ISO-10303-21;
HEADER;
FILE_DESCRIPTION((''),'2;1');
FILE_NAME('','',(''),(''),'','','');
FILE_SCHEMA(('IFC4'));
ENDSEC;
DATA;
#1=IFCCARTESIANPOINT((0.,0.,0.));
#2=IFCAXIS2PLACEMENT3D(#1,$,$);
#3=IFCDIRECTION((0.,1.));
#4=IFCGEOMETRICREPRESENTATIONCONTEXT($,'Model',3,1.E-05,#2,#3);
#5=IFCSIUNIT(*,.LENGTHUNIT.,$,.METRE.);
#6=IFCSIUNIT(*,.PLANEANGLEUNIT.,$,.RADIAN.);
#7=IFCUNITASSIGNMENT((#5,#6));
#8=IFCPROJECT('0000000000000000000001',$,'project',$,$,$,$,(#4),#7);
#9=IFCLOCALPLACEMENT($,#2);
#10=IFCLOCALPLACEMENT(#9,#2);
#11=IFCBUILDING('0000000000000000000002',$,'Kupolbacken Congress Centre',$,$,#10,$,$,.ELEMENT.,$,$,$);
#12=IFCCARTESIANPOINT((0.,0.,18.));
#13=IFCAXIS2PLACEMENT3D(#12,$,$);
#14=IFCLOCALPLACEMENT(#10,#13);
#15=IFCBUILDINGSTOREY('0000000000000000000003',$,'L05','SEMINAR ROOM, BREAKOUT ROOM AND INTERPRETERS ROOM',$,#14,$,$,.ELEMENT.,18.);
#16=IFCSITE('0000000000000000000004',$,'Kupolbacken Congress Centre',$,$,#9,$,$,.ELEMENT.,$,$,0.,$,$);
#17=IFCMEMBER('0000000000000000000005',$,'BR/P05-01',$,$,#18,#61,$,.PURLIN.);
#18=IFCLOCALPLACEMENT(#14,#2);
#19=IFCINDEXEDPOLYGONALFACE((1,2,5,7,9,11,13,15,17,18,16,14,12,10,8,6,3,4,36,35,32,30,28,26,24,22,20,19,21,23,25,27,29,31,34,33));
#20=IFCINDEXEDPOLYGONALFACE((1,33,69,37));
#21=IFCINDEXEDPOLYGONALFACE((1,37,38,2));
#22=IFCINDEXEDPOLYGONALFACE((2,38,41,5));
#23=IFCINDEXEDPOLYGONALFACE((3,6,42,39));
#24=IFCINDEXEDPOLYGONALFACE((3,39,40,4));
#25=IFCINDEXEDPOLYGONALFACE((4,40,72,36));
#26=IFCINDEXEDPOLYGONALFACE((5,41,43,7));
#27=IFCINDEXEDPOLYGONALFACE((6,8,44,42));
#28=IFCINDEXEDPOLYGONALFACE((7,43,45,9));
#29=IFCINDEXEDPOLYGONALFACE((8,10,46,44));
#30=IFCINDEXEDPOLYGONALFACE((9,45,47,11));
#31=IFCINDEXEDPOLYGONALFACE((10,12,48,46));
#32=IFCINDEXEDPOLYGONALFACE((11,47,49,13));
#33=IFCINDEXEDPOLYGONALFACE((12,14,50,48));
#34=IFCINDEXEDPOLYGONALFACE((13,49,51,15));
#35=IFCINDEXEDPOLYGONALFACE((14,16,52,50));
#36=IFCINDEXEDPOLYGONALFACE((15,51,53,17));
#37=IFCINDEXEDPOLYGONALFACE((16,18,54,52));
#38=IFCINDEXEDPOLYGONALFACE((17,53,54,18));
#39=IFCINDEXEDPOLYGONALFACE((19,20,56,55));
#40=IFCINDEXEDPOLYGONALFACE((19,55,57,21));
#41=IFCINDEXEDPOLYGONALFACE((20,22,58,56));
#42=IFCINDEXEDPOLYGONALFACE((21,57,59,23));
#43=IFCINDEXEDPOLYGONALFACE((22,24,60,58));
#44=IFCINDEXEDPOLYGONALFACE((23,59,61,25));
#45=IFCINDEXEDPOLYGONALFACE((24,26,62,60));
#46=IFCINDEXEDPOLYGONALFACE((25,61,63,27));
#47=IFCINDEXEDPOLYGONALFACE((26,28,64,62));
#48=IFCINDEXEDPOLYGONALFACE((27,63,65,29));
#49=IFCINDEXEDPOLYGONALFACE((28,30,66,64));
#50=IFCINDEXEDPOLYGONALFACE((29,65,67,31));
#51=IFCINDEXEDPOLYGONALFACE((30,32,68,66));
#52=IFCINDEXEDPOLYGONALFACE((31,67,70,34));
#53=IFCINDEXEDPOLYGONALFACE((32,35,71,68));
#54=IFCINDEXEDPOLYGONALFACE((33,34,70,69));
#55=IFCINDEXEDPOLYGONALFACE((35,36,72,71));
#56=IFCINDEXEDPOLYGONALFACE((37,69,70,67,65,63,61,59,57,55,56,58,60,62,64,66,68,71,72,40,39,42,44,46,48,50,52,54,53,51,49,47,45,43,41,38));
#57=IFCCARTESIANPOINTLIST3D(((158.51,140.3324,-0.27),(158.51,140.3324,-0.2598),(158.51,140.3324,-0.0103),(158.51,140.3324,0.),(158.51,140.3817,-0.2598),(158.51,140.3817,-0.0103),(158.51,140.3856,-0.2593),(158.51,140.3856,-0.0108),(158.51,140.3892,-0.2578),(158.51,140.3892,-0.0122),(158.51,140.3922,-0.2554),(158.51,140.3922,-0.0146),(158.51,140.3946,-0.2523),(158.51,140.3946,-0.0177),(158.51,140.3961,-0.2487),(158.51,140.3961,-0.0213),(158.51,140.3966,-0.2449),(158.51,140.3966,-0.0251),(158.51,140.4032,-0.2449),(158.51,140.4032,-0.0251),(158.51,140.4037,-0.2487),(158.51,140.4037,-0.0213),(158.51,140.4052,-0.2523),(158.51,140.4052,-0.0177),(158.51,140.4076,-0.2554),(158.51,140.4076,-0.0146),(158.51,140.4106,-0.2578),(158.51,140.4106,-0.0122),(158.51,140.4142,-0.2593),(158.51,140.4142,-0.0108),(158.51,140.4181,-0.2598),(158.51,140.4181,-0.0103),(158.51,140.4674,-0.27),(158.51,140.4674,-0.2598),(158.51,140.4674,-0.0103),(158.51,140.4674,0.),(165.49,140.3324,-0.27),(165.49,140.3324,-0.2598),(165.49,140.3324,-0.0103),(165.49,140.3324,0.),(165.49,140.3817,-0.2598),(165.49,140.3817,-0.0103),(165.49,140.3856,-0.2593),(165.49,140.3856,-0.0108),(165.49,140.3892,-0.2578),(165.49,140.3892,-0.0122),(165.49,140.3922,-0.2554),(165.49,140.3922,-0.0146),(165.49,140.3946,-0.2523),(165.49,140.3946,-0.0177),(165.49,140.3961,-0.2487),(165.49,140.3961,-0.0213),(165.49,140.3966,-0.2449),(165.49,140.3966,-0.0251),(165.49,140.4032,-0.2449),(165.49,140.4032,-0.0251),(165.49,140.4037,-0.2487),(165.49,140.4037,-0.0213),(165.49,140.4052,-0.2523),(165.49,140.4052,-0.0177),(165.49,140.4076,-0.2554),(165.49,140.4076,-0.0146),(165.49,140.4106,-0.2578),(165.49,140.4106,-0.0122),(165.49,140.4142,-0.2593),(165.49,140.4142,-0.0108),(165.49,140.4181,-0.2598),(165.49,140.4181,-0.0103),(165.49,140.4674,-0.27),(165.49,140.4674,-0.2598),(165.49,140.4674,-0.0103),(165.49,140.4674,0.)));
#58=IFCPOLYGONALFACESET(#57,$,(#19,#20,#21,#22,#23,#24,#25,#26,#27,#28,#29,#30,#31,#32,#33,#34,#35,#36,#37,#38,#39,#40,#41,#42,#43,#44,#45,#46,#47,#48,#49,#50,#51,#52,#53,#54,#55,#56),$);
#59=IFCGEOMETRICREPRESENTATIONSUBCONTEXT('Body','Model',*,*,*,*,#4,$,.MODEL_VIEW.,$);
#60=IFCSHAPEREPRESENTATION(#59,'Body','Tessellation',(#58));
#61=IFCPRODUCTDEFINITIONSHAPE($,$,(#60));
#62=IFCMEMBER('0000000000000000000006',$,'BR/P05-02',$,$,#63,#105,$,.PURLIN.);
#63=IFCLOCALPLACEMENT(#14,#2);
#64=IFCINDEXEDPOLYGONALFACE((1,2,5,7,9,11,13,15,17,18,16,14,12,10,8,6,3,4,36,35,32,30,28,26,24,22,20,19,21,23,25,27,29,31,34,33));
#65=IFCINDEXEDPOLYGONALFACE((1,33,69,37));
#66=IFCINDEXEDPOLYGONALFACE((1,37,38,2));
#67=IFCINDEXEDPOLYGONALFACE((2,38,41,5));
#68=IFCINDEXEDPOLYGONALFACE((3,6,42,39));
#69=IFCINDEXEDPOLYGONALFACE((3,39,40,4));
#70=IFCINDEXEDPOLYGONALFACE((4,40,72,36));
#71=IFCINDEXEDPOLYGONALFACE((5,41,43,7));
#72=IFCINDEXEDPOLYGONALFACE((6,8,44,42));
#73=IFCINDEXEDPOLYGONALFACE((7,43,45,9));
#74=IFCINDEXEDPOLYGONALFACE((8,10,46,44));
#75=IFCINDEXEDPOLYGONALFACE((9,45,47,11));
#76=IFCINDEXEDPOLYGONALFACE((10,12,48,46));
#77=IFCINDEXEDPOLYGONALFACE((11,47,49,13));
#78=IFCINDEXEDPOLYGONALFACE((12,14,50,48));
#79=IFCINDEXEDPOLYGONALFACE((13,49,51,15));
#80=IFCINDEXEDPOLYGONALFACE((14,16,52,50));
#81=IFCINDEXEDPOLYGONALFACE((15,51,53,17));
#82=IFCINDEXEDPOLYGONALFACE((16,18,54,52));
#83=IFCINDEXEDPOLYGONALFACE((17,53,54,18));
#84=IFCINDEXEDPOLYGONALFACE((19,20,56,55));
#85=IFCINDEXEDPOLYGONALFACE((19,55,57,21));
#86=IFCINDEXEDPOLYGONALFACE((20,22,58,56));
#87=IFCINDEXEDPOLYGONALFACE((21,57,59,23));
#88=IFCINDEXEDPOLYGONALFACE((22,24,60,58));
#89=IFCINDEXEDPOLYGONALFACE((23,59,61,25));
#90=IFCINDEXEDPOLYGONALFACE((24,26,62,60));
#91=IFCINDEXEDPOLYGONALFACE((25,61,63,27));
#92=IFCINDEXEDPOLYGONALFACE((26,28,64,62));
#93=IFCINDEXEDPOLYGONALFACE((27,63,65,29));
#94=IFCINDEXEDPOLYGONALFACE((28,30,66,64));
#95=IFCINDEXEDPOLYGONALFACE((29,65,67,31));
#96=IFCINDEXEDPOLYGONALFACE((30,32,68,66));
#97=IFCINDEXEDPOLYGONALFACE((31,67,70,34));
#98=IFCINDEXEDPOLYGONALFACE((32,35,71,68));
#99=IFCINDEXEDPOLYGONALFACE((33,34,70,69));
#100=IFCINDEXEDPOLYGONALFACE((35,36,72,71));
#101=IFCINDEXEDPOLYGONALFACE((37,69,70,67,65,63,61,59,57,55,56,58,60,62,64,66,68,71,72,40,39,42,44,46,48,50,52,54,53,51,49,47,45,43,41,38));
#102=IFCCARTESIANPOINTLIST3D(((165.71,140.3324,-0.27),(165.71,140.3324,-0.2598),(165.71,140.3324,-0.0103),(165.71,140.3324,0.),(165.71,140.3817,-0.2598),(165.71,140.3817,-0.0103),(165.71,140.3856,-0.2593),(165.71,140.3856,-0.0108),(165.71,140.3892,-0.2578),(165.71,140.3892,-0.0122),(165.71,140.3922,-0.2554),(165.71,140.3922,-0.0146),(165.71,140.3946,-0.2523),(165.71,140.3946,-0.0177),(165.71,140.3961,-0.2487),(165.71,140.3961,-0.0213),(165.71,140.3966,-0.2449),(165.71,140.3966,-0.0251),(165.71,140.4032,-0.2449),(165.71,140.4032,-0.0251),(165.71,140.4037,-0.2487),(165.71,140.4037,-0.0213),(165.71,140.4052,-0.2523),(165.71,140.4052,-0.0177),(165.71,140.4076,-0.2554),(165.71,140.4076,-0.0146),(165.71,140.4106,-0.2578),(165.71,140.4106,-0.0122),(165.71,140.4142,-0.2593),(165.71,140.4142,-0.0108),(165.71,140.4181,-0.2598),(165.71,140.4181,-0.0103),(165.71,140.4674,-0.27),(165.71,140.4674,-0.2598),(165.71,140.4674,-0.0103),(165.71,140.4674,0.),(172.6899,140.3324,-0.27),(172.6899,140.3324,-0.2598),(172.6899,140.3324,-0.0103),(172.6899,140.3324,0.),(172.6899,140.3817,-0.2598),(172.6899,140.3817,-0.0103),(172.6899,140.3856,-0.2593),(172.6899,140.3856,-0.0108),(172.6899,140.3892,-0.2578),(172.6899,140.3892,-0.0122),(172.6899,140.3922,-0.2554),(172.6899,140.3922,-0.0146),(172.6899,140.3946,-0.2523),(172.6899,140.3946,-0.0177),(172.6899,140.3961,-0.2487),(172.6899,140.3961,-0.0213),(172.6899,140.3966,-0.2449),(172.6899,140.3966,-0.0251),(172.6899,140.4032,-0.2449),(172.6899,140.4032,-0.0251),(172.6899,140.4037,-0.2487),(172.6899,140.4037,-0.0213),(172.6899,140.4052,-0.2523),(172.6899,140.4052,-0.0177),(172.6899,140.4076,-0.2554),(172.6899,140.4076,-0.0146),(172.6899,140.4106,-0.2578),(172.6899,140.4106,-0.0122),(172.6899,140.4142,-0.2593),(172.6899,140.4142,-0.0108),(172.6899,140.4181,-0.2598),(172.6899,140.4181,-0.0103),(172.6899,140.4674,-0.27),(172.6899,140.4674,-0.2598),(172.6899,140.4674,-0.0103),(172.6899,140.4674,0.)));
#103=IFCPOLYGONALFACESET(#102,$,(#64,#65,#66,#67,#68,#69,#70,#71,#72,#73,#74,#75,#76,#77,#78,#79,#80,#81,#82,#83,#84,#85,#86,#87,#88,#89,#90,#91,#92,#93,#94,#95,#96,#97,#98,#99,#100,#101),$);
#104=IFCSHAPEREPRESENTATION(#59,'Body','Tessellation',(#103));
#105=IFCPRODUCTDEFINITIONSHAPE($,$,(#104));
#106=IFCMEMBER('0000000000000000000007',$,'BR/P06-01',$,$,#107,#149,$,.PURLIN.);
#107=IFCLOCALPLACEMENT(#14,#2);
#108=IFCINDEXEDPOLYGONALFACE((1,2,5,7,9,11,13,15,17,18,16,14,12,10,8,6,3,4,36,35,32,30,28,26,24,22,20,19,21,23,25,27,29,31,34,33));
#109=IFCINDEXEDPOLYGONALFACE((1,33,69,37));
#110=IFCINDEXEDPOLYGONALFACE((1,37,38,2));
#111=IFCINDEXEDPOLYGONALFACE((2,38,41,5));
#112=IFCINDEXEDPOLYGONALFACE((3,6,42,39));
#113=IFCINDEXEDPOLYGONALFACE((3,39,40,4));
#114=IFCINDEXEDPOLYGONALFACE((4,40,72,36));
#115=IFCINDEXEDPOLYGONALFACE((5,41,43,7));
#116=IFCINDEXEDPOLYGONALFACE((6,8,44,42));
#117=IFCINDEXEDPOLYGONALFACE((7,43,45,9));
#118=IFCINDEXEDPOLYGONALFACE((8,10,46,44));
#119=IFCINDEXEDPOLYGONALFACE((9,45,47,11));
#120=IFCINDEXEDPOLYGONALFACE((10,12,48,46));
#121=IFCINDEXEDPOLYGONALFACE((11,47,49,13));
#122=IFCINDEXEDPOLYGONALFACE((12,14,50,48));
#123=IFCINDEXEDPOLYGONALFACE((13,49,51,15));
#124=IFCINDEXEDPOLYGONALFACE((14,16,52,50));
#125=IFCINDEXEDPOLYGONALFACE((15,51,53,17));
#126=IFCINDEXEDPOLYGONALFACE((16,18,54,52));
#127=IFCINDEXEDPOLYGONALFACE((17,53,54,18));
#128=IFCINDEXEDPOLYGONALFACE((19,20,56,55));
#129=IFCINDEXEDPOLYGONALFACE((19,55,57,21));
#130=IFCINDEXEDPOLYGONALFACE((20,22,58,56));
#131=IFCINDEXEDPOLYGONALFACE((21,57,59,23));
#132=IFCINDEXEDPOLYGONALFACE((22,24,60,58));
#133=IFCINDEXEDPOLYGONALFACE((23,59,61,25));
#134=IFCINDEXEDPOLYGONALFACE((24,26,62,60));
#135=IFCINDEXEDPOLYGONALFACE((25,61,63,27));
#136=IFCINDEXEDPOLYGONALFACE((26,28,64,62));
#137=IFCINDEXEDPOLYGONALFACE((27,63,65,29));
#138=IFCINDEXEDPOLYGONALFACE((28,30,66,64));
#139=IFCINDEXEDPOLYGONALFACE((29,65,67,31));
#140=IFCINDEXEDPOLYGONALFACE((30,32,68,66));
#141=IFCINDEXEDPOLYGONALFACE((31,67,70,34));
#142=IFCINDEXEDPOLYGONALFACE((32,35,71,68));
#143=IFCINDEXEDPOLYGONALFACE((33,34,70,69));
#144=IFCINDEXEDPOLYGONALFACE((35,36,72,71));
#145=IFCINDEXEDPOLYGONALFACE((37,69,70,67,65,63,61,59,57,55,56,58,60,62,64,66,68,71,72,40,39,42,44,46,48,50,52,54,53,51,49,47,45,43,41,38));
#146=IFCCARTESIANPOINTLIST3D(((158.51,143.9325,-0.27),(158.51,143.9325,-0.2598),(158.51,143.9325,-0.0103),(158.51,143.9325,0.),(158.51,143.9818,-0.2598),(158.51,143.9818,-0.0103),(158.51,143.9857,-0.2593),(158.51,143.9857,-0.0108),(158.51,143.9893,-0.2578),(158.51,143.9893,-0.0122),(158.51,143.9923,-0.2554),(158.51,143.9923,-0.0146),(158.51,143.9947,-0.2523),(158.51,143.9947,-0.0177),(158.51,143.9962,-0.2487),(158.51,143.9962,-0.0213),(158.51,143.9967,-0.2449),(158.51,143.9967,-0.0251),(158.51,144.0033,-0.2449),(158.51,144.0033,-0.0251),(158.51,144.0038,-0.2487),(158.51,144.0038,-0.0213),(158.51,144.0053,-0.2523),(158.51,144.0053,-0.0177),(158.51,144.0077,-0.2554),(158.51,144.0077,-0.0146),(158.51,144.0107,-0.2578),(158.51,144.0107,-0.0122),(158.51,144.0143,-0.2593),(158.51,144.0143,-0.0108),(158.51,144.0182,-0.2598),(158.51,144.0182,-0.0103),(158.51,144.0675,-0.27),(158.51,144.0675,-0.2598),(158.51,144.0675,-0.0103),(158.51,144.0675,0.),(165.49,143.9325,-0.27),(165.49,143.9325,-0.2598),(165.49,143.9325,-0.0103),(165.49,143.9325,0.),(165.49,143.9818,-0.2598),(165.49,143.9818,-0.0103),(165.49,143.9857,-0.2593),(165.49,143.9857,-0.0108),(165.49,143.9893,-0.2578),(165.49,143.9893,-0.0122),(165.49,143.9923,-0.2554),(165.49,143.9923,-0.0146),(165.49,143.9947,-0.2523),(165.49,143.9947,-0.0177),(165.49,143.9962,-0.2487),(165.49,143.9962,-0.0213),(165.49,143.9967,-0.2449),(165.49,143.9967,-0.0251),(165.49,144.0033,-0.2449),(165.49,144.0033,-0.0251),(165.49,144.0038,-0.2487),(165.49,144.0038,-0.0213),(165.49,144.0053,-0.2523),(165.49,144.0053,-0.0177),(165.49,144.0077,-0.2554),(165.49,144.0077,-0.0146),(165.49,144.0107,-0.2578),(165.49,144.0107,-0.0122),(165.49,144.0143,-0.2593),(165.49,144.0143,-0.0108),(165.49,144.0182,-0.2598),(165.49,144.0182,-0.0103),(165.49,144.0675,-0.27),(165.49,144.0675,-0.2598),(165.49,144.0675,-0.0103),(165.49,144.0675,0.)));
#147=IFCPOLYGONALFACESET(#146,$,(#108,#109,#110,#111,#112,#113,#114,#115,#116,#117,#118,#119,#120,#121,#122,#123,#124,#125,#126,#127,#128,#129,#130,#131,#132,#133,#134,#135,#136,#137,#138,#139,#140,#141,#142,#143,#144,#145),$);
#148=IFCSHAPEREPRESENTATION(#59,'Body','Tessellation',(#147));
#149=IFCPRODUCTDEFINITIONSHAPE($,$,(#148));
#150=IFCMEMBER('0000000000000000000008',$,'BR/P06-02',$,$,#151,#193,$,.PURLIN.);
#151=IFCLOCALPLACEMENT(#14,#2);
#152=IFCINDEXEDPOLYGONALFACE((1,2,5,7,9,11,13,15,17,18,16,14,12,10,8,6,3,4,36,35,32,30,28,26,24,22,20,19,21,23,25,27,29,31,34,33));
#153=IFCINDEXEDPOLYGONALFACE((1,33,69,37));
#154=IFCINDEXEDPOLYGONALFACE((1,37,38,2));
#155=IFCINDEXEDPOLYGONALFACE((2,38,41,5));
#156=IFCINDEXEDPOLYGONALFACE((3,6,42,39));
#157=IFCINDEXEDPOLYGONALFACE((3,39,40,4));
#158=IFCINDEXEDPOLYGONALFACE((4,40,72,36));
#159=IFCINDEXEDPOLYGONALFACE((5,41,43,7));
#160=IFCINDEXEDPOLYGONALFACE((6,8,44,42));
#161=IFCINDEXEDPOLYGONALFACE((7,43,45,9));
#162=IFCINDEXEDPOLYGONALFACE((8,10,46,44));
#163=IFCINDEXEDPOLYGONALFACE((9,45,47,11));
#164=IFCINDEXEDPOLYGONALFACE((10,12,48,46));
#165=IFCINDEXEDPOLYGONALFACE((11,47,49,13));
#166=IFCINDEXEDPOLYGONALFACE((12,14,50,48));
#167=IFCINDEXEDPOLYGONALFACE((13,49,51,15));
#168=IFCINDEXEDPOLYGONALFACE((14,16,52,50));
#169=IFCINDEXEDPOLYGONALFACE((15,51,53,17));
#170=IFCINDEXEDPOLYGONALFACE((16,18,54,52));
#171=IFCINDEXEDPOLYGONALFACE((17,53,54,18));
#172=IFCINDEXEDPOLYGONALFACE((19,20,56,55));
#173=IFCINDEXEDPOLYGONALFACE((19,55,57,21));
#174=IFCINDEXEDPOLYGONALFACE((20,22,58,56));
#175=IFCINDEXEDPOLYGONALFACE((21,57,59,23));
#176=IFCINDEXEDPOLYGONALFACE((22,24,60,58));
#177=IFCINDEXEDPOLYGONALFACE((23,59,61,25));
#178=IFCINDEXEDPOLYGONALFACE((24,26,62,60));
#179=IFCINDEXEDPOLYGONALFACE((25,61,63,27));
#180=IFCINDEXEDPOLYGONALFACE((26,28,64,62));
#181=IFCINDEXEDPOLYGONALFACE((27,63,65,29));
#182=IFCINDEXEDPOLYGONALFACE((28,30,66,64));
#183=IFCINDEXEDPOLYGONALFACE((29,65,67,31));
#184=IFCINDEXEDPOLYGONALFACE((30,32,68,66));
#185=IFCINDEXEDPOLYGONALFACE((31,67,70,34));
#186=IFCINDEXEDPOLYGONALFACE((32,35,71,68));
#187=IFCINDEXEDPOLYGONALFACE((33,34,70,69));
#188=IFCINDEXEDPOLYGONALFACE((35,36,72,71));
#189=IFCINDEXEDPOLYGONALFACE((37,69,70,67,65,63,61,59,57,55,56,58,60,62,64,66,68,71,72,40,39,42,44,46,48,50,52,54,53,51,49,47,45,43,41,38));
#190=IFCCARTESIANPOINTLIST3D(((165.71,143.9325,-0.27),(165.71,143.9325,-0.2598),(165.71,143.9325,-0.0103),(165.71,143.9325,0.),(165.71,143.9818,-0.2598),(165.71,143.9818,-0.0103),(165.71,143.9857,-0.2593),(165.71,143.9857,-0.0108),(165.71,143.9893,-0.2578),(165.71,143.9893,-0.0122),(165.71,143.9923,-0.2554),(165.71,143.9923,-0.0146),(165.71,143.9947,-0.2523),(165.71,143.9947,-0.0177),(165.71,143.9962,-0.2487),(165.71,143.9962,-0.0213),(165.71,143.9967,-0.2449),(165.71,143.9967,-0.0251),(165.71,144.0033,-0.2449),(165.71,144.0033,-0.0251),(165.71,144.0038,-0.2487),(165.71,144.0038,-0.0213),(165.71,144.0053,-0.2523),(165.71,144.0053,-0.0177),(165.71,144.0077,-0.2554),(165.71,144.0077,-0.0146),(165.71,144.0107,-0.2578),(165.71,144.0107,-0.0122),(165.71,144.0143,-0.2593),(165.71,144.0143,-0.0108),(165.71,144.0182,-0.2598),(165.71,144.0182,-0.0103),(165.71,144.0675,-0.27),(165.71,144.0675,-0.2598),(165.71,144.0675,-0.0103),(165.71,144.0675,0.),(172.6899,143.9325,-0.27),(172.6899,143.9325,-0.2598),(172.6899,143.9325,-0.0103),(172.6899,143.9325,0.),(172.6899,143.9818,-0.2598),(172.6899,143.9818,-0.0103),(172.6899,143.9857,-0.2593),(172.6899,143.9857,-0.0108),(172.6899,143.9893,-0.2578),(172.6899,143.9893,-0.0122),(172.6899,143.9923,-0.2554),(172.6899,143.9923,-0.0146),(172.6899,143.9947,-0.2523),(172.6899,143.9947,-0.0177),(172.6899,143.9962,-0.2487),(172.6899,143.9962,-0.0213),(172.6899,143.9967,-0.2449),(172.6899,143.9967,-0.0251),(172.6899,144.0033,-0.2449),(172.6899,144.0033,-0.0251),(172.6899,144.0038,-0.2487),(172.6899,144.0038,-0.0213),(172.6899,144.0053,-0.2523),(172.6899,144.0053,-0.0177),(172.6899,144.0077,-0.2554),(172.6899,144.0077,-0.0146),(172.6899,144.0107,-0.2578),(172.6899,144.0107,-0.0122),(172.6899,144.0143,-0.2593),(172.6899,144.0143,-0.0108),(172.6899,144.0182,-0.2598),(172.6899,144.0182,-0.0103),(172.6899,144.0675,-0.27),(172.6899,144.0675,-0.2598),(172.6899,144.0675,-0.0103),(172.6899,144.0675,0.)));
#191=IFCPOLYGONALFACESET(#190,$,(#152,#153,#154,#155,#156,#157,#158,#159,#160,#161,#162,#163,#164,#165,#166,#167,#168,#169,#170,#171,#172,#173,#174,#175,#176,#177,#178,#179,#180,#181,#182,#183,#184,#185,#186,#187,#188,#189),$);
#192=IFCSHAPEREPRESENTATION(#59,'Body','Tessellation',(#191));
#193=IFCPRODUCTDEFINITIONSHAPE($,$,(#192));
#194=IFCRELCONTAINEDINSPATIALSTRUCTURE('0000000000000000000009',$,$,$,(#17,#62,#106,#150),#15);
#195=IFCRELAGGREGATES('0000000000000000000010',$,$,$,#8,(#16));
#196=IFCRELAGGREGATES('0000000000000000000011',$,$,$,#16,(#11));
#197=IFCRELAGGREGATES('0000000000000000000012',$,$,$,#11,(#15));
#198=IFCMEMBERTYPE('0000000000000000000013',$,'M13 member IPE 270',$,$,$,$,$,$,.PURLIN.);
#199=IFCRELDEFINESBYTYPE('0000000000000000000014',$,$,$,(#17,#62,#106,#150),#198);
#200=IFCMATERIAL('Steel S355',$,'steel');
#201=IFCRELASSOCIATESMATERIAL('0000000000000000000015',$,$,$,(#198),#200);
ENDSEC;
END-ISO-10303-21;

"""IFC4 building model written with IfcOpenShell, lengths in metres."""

from ifc_helpers import new_model, si_unit, direction, frame, origin, origin_2d, place, context, subcontext, project, spatial, i_section, extrude, material, material_profile, profile_set, type_object, element, save


model = new_model("IFC4")

# Units and contexts
model_context = context("Model", 3, precision=1e-05, world=origin(), true_north=direction((0.0, 1.0)))
body_context = subcontext(model_context, "Body", "Model", "MODEL_VIEW")
ifc_project = project(units=[si_unit("LENGTHUNIT", "METRE"), si_unit("PLANEANGLEUNIT", "RADIAN")], contexts=[model_context])

# Site, building, storey
site_placement = place(None, origin())
site = spatial("IfcSite", under=ifc_project, at=site_placement, Name="Kupolbacken Congress Centre", CompositionType="ELEMENT", RefElevation=0.0)
building_placement = place(site_placement, origin())
building = spatial("IfcBuilding", under=site, at=building_placement, Name="Kupolbacken Congress Centre", CompositionType="ELEMENT")
storey_placement = place(building_placement, frame((0.0, 0.0, 18.0)))
storey = spatial("IfcBuildingStorey", under=building, at=storey_placement, Name="L05", Description="SEMINAR ROOM, BREAKOUT ROOM AND INTERPRETERS ROOM", CompositionType="ELEMENT", Elevation=18.0)

# Members
ifc_material_1 = material(Name="Steel S355", Category="steel")
ifc_material_profile_1 = material_profile(ifc_material_1, i_section(OverallWidth=0.135, OverallDepth=0.27, WebThickness=0.0066, FlangeThickness=0.0103, FilletRadius=0.0149, at=origin_2d()), Name="IPE 270")
ifc_profile_set_1 = profile_set([ifc_material_profile_1], Name="Steel S355")
member_type_1 = type_object("IfcMemberType", Name="M13 member IPE 270", PredefinedType="PURLIN", material=ifc_profile_set_1)
for number, where, z_axis, x_axis, name in (
    (1, (158.51, 140.3999, -0.135), (1.0, 0.0, 0.0), (0.0, 1.0, 0.0), "BR/P05-01"),
    (2, (165.71, 140.3999, -0.135), (1.0, 0.0, 0.0), (0.0, 1.0, 0.0), "BR/P05-02"),
    (3, (158.51, 144.0, -0.135), (1.0, 0.0, 0.0), (0.0, 1.0, 0.0), "BR/P06-01"),
    (4, (165.71, 144.0, -0.135), (1.0, 0.0, 0.0), (0.0, 1.0, 0.0), "BR/P06-02"),
):
    element("IfcMember", number, at=place(storey_placement, frame(where, z_axis=z_axis, x_axis=x_axis)), inside=storey, type_object=member_type_1, Name=name, PredefinedType="PURLIN", context=body_context, shape_type="SweptSolid", body=[
        extrude(i_section(OverallWidth=0.135, OverallDepth=0.27, WebThickness=0.0066, FlangeThickness=0.0103, FilletRadius=0.0149, at=origin_2d()), origin(), (0.0, 0.0, 1.0), 6.98),
    ])

save(model, "model.ifc")
